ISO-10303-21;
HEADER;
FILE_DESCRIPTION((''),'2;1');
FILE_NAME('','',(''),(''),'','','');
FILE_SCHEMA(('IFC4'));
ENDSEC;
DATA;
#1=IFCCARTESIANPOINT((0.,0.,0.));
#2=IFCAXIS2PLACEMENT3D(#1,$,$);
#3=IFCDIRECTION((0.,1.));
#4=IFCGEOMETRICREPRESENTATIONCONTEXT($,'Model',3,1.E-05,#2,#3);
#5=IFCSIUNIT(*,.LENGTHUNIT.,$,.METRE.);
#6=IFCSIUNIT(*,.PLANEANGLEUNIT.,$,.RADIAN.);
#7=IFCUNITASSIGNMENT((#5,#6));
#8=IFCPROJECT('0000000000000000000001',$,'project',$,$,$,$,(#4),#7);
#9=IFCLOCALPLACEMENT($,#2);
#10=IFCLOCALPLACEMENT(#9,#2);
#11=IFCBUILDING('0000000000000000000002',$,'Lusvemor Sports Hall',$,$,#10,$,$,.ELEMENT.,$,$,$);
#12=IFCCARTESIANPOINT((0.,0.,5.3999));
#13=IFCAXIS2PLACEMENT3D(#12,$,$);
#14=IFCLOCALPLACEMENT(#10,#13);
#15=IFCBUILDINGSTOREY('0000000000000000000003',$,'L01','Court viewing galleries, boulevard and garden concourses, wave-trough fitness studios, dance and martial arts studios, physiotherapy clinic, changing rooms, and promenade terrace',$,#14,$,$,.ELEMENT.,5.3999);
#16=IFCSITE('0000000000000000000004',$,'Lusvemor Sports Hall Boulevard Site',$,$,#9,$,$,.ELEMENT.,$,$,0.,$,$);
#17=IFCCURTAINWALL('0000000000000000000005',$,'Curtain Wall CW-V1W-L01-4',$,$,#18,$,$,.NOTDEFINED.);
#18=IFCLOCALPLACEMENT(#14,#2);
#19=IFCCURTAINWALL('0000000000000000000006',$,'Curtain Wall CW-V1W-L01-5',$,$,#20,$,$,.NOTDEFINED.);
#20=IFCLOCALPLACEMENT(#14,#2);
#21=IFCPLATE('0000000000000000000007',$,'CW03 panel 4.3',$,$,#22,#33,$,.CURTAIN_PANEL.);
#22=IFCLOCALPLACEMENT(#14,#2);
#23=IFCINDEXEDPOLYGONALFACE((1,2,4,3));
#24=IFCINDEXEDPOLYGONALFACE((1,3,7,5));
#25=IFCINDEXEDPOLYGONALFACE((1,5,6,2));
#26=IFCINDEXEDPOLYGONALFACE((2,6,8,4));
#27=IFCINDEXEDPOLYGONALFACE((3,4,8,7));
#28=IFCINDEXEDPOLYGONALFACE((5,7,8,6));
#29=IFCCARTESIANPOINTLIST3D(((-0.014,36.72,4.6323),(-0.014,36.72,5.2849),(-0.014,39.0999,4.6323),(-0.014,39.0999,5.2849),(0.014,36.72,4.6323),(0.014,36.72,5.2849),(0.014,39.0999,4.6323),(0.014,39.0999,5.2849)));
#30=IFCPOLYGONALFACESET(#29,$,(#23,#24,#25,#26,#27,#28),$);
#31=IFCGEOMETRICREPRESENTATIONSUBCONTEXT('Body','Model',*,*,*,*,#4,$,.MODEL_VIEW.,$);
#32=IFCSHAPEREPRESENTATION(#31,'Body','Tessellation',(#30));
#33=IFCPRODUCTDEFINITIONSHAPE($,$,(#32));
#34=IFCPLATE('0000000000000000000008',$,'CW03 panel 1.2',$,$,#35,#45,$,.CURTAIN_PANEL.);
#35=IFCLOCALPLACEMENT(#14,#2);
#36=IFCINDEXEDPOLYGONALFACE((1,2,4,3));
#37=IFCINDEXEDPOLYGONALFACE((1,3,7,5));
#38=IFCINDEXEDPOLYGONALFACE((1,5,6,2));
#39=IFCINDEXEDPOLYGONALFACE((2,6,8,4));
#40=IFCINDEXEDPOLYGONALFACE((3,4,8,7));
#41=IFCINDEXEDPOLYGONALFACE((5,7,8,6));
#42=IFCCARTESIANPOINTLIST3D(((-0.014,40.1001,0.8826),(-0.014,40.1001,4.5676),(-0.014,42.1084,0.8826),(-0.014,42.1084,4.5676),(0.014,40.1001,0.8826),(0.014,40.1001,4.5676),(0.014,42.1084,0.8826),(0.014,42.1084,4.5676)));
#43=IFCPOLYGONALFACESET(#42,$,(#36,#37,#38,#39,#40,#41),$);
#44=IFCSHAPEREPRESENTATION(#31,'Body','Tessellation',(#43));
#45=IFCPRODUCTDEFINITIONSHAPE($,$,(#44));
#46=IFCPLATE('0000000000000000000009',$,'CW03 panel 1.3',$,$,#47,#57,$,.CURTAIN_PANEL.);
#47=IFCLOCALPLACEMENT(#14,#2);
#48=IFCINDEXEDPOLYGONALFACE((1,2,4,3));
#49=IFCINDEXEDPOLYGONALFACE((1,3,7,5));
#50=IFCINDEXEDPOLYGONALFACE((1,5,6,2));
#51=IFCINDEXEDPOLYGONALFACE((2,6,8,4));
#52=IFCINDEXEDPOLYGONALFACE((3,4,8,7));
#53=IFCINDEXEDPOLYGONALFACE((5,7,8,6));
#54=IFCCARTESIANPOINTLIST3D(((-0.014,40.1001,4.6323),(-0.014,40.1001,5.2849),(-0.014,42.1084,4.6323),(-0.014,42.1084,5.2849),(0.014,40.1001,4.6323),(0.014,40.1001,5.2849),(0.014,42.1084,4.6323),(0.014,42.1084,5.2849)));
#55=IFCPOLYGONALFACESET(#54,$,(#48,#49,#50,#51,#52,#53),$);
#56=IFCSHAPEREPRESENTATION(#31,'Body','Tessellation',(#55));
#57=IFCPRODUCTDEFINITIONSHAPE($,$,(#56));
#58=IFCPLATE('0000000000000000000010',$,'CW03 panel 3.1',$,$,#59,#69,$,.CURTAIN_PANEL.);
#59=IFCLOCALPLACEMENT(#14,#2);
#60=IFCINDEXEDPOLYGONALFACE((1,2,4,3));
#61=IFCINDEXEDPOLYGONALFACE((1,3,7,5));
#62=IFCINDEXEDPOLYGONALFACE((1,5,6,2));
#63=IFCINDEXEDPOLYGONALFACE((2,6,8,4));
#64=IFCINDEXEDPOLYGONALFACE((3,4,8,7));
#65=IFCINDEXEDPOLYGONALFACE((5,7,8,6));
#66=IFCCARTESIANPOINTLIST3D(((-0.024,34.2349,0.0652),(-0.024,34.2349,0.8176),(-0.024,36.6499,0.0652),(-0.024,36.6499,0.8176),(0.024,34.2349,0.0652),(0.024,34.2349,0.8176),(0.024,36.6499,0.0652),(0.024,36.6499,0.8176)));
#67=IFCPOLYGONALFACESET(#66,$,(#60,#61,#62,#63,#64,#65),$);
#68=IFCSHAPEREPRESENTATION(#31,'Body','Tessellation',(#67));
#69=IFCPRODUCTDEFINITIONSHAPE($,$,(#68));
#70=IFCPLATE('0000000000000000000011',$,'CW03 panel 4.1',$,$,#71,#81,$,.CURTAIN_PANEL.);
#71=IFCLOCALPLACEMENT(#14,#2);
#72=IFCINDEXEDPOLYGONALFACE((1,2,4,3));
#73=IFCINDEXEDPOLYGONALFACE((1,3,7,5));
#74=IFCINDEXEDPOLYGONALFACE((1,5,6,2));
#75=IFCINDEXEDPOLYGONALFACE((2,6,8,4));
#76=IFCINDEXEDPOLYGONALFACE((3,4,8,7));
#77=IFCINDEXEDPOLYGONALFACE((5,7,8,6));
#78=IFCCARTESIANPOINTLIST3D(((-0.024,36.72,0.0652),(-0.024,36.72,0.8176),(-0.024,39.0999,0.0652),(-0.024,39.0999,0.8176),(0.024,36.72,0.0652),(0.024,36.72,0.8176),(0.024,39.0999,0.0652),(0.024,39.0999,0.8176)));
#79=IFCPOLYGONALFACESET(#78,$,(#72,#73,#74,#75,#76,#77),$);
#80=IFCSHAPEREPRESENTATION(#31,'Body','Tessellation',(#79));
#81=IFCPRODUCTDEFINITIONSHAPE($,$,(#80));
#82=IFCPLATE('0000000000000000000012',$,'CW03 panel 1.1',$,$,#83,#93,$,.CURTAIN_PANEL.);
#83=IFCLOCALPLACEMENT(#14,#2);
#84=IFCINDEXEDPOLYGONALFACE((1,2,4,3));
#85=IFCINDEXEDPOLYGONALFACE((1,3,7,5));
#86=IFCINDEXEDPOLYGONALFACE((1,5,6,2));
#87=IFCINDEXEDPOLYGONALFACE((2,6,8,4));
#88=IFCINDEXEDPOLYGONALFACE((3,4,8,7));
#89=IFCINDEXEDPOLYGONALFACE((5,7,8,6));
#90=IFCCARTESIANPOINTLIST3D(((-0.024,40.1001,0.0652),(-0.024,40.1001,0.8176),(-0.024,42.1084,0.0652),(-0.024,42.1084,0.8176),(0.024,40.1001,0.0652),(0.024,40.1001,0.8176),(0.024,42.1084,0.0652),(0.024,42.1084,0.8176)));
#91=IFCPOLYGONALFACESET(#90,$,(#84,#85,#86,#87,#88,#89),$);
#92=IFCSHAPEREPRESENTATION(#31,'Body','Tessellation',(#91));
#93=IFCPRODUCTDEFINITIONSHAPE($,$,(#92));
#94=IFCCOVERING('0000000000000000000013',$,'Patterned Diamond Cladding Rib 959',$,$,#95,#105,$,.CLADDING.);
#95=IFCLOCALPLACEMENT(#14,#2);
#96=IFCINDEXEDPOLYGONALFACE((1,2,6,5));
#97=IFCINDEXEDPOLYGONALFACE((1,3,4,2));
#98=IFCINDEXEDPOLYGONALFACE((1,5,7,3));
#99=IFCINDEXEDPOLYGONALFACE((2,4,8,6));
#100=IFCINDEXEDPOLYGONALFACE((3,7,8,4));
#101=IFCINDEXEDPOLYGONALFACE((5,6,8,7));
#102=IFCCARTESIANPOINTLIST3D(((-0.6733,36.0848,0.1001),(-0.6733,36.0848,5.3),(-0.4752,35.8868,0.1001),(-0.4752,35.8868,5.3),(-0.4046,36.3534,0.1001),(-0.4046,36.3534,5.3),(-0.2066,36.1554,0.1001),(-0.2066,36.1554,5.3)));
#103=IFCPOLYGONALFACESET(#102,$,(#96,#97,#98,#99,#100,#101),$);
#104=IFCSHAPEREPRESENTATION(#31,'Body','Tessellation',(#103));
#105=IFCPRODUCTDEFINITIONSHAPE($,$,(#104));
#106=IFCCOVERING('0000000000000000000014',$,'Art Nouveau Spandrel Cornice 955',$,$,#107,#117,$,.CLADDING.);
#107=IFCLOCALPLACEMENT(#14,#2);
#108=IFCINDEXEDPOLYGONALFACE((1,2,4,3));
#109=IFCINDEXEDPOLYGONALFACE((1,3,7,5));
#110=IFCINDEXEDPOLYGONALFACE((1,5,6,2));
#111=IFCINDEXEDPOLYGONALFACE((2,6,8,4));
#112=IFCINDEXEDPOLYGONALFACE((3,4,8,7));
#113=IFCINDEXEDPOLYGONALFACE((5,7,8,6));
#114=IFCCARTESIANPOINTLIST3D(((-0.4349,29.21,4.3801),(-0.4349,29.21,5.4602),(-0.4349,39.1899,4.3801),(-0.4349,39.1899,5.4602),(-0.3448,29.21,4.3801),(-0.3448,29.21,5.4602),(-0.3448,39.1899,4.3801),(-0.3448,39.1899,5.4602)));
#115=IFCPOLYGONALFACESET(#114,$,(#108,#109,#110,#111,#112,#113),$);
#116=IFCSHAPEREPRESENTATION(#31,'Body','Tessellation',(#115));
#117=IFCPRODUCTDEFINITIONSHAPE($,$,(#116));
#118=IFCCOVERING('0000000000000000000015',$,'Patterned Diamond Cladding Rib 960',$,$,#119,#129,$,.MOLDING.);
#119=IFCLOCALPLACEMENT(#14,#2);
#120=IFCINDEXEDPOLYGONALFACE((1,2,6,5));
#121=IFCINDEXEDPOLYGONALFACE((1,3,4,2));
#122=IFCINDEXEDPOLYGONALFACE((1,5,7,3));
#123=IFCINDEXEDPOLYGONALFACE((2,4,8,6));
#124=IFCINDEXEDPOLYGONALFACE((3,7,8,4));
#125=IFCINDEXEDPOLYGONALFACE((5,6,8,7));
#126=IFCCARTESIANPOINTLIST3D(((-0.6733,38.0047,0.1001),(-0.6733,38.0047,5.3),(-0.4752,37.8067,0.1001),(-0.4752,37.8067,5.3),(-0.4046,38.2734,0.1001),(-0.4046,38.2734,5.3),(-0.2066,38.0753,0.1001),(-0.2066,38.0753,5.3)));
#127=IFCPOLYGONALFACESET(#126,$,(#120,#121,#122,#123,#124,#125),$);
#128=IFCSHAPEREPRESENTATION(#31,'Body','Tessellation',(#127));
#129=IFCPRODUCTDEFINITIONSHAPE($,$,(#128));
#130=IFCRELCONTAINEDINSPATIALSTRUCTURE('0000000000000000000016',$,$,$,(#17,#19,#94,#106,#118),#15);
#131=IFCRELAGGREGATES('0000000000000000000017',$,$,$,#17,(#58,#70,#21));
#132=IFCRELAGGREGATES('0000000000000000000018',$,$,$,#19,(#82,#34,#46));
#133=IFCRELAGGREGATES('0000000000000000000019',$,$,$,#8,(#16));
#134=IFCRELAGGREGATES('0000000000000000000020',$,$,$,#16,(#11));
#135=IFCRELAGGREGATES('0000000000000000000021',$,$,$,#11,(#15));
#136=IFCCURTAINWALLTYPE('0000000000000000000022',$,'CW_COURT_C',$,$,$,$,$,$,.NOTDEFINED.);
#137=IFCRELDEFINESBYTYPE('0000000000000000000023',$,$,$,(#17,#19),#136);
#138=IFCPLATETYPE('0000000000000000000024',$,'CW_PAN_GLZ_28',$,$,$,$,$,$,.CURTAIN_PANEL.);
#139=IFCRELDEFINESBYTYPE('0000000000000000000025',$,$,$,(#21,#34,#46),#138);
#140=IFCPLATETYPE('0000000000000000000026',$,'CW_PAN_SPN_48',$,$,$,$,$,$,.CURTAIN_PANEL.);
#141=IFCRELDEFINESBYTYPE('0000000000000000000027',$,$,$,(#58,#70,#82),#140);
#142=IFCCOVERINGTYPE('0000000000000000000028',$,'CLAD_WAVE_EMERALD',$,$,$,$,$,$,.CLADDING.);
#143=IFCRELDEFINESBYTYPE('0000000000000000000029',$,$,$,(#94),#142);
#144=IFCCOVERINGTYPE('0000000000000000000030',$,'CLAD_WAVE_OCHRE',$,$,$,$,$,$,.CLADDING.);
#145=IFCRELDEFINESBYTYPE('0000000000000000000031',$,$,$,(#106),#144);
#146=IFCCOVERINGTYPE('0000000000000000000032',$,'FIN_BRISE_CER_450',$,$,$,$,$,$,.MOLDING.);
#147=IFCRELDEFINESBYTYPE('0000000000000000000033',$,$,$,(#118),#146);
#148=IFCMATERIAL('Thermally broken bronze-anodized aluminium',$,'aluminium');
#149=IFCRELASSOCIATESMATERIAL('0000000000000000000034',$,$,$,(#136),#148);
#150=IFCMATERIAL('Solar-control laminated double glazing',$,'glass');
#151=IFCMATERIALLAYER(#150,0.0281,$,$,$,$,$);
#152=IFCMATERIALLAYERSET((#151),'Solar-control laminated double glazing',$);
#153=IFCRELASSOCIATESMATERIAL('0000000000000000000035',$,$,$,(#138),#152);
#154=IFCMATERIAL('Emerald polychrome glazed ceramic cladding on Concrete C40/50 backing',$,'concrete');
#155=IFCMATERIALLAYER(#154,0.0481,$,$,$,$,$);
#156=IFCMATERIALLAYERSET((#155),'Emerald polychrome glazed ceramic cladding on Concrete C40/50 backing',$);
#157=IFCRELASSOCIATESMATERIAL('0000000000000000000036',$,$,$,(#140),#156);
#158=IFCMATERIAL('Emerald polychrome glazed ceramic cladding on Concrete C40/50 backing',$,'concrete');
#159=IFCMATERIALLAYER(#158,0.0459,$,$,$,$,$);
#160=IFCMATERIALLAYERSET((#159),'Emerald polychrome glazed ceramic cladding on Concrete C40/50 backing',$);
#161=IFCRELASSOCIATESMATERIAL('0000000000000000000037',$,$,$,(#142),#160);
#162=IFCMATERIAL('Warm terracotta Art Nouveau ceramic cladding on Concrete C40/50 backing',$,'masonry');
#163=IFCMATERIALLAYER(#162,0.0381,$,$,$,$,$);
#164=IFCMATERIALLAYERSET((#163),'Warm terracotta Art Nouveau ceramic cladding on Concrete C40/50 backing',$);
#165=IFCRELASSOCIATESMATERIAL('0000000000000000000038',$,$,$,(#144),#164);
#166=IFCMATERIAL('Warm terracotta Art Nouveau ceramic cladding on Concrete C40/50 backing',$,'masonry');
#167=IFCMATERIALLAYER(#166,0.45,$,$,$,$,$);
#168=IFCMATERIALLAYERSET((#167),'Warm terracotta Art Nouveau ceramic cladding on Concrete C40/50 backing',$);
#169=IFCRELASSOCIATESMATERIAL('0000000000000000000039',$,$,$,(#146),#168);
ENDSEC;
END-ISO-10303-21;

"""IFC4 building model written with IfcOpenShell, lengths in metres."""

from ifc_helpers import new_model, si_unit, direction, frame, origin, origin_2d, place, context, subcontext, project, spatial, rectangle, extrude, material, layer, layer_set, type_object, element, aggregate, save


model = new_model("IFC4")

# Units and contexts
model_context = context("Model", 3, precision=1e-05, world=origin(), true_north=direction((0.0, 1.0)))
body_context = subcontext(model_context, "Body", "Model", "MODEL_VIEW")
ifc_project = project(units=[si_unit("LENGTHUNIT", "METRE"), si_unit("PLANEANGLEUNIT", "RADIAN")], contexts=[model_context])

# Site, building, storey
site_placement = place(None, origin())
site = spatial("IfcSite", under=ifc_project, at=site_placement, Name="Lusvemor Sports Hall Boulevard Site", CompositionType="ELEMENT", RefElevation=0.0)
building_placement = place(site_placement, origin())
building = spatial("IfcBuilding", under=site, at=building_placement, Name="Lusvemor Sports Hall", CompositionType="ELEMENT")
storey_placement = place(building_placement, frame((0.0, 0.0, 5.3999)))
storey = spatial("IfcBuildingStorey", under=building, at=storey_placement, Name="L01", Description="Court viewing galleries, boulevard and garden concourses, wave-trough fitness studios, dance and martial arts studios, physiotherapy clinic, changing rooms, and promenade terrace", CompositionType="ELEMENT", Elevation=5.3999)

# Curtain wall
ifc_material_1 = material(Name="Thermally broken bronze-anodized aluminium", Category="aluminium")
curtain_wall_type = type_object("IfcCurtainWallType", Name="CW_COURT_C", PredefinedType="NOTDEFINED", material=ifc_material_1)
curtain_wall_1_placement = place(storey_placement, origin())
curtain_wall_1 = element("IfcCurtainWall", 1, at=curtain_wall_1_placement, inside=storey, type_object=curtain_wall_type, Name="Curtain Wall CW-V1W-L01-4", PredefinedType="NOTDEFINED")

# Curtain wall
curtain_wall_2_placement = place(storey_placement, origin())
curtain_wall_2 = element("IfcCurtainWall", 2, at=curtain_wall_2_placement, inside=storey, type_object=curtain_wall_type, Name="Curtain Wall CW-V1W-L01-5", PredefinedType="NOTDEFINED")

# Plates
ifc_material_2 = material(Name="Solar-control laminated double glazing", Category="glass")
ifc_layer_1 = layer(ifc_material_2, 0.0281)
ifc_layer_set_1 = layer_set([ifc_layer_1], Name="Solar-control laminated double glazing")
plate_type_1 = type_object("IfcPlateType", Name="CW_PAN_GLZ_28", PredefinedType="CURTAIN_PANEL", material=ifc_layer_set_1)
plate_1_placement = place(storey_placement, frame((0.0, 37.9099, 4.6323), z_axis=(0.0, 0.0, 1.0), x_axis=(0.0, 1.0, 0.0)))
plate_1 = element("IfcPlate", 3, at=plate_1_placement, type_object=plate_type_1, Name="CW03 panel 4.3", PredefinedType="CURTAIN_PANEL", context=body_context, shape_type="SweptSolid", body=[
    extrude(rectangle(XDim=2.3799, YDim=0.0281, at=origin_2d()), origin(), (0.0, 0.0, 1.0), 0.6526),
])
plate_2_placement = place(storey_placement, frame((0.0, 41.1042, 0.8826), z_axis=(0.0, 0.0, 1.0), x_axis=(0.0, 1.0, 0.0)))
plate_2 = element("IfcPlate", 4, at=plate_2_placement, type_object=plate_type_1, Name="CW03 panel 1.2", PredefinedType="CURTAIN_PANEL", context=body_context, shape_type="SweptSolid", body=[
    extrude(rectangle(XDim=2.0083, YDim=0.0281, at=origin_2d()), origin(), (0.0, 0.0, 1.0), 3.6851),
])
plate_3_placement = place(storey_placement, frame((0.0, 41.1042, 4.6323), z_axis=(0.0, 0.0, 1.0), x_axis=(0.0, 1.0, 0.0)))
plate_3 = element("IfcPlate", 5, at=plate_3_placement, type_object=plate_type_1, Name="CW03 panel 1.3", PredefinedType="CURTAIN_PANEL", context=body_context, shape_type="SweptSolid", body=[
    extrude(rectangle(XDim=2.0083, YDim=0.0281, at=origin_2d()), origin(), (0.0, 0.0, 1.0), 0.6526),
])
ifc_material_3 = material(Name="Emerald polychrome glazed ceramic cladding on Concrete C40/50 backing", Category="concrete")
ifc_layer_2 = layer(ifc_material_3, 0.0481)
ifc_layer_set_2 = layer_set([ifc_layer_2], Name="Emerald polychrome glazed ceramic cladding on Concrete C40/50 backing")
plate_type_2 = type_object("IfcPlateType", Name="CW_PAN_SPN_48", PredefinedType="CURTAIN_PANEL", material=ifc_layer_set_2)
plate_4_placement = place(storey_placement, frame((0.0, 35.4424, 0.0652), z_axis=(0.0, 0.0, 1.0), x_axis=(0.0, 1.0, 0.0)))
plate_4 = element("IfcPlate", 6, at=plate_4_placement, type_object=plate_type_2, Name="CW03 panel 3.1", PredefinedType="CURTAIN_PANEL", context=body_context, shape_type="SweptSolid", body=[
    extrude(rectangle(XDim=2.415, YDim=0.0481, at=origin_2d()), origin(), (0.0, 0.0, 1.0), 0.7524),
])
plate_5_placement = place(storey_placement, frame((0.0, 37.9099, 0.0652), z_axis=(0.0, 0.0, 1.0), x_axis=(0.0, 1.0, 0.0)))
plate_5 = element("IfcPlate", 7, at=plate_5_placement, type_object=plate_type_2, Name="CW03 panel 4.1", PredefinedType="CURTAIN_PANEL", context=body_context, shape_type="SweptSolid", body=[
    extrude(rectangle(XDim=2.3799, YDim=0.0481, at=origin_2d()), origin(), (0.0, 0.0, 1.0), 0.7524),
])
aggregate(curtain_wall_1, [plate_4, plate_5, plate_1])
plate_6_placement = place(storey_placement, frame((0.0, 41.1042, 0.0652), z_axis=(0.0, 0.0, 1.0), x_axis=(0.0, 1.0, 0.0)))
plate_6 = element("IfcPlate", 8, at=plate_6_placement, type_object=plate_type_2, Name="CW03 panel 1.1", PredefinedType="CURTAIN_PANEL", context=body_context, shape_type="SweptSolid", body=[
    extrude(rectangle(XDim=2.0083, YDim=0.0481, at=origin_2d()), origin(), (0.0, 0.0, 1.0), 0.7524),
])
aggregate(curtain_wall_2, [plate_6, plate_2, plate_3])

# Coverings
ifc_material_4 = material(Name="Emerald polychrome glazed ceramic cladding on Concrete C40/50 backing", Category="concrete")
ifc_layer_3 = layer(ifc_material_4, 0.0459)
ifc_layer_set_3 = layer_set([ifc_layer_3], Name="Emerald polychrome glazed ceramic cladding on Concrete C40/50 backing")
covering_type_1 = type_object("IfcCoveringType", Name="CLAD_WAVE_EMERALD", PredefinedType="CLADDING", material=ifc_layer_set_3)
covering_1_placement = place(storey_placement, frame((-0.4399, 36.1201, 0.1001), z_axis=(0.0, 0.0, 1.0), x_axis=(0.707107, 0.707107, 0.0)))
element("IfcCovering", 9, at=covering_1_placement, inside=storey, type_object=covering_type_1, Name="Patterned Diamond Cladding Rib 959", PredefinedType="CLADDING", context=body_context, shape_type="SweptSolid", body=[
    extrude(rectangle(XDim=0.3799, YDim=0.28, at=origin_2d()), origin(), (0.0, 0.0, 1.0), 5.2),
])
ifc_material_5 = material(Name="Warm terracotta Art Nouveau ceramic cladding on Concrete C40/50 backing", Category="masonry")
ifc_layer_4 = layer(ifc_material_5, 0.0381)
ifc_layer_set_4 = layer_set([ifc_layer_4], Name="Warm terracotta Art Nouveau ceramic cladding on Concrete C40/50 backing")
covering_type_2 = type_object("IfcCoveringType", Name="CLAD_WAVE_OCHRE", PredefinedType="CLADDING", material=ifc_layer_set_4)
covering_2_placement = place(storey_placement, frame((-0.3899, 34.2, 4.3801), z_axis=(0.0, 0.0, 1.0), x_axis=(1.0, 0.0, 0.0)))
element("IfcCovering", 10, at=covering_2_placement, inside=storey, type_object=covering_type_2, Name="Art Nouveau Spandrel Cornice 955", PredefinedType="CLADDING", context=body_context, shape_type="SweptSolid", body=[
    extrude(rectangle(XDim=0.0901, YDim=9.98, at=origin_2d()), origin(), (0.0, 0.0, 1.0), 1.0801),
])
ifc_material_6 = material(Name="Warm terracotta Art Nouveau ceramic cladding on Concrete C40/50 backing", Category="masonry")
ifc_layer_5 = layer(ifc_material_6, 0.45)
ifc_layer_set_5 = layer_set([ifc_layer_5], Name="Warm terracotta Art Nouveau ceramic cladding on Concrete C40/50 backing")
covering_type_3 = type_object("IfcCoveringType", Name="FIN_BRISE_CER_450", PredefinedType="MOLDING", material=ifc_layer_set_5)
covering_3_placement = place(storey_placement, frame((-0.4399, 38.04, 0.1001), z_axis=(0.0, 0.0, 1.0), x_axis=(0.707107, 0.707107, 0.0)))
element("IfcCovering", 11, at=covering_3_placement, inside=storey, type_object=covering_type_3, Name="Patterned Diamond Cladding Rib 960", PredefinedType="MOLDING", context=body_context, shape_type="SweptSolid", body=[
    extrude(rectangle(XDim=0.3799, YDim=0.28, at=origin_2d()), origin(), (0.0, 0.0, 1.0), 5.2),
])

save(model, "model.ifc")
